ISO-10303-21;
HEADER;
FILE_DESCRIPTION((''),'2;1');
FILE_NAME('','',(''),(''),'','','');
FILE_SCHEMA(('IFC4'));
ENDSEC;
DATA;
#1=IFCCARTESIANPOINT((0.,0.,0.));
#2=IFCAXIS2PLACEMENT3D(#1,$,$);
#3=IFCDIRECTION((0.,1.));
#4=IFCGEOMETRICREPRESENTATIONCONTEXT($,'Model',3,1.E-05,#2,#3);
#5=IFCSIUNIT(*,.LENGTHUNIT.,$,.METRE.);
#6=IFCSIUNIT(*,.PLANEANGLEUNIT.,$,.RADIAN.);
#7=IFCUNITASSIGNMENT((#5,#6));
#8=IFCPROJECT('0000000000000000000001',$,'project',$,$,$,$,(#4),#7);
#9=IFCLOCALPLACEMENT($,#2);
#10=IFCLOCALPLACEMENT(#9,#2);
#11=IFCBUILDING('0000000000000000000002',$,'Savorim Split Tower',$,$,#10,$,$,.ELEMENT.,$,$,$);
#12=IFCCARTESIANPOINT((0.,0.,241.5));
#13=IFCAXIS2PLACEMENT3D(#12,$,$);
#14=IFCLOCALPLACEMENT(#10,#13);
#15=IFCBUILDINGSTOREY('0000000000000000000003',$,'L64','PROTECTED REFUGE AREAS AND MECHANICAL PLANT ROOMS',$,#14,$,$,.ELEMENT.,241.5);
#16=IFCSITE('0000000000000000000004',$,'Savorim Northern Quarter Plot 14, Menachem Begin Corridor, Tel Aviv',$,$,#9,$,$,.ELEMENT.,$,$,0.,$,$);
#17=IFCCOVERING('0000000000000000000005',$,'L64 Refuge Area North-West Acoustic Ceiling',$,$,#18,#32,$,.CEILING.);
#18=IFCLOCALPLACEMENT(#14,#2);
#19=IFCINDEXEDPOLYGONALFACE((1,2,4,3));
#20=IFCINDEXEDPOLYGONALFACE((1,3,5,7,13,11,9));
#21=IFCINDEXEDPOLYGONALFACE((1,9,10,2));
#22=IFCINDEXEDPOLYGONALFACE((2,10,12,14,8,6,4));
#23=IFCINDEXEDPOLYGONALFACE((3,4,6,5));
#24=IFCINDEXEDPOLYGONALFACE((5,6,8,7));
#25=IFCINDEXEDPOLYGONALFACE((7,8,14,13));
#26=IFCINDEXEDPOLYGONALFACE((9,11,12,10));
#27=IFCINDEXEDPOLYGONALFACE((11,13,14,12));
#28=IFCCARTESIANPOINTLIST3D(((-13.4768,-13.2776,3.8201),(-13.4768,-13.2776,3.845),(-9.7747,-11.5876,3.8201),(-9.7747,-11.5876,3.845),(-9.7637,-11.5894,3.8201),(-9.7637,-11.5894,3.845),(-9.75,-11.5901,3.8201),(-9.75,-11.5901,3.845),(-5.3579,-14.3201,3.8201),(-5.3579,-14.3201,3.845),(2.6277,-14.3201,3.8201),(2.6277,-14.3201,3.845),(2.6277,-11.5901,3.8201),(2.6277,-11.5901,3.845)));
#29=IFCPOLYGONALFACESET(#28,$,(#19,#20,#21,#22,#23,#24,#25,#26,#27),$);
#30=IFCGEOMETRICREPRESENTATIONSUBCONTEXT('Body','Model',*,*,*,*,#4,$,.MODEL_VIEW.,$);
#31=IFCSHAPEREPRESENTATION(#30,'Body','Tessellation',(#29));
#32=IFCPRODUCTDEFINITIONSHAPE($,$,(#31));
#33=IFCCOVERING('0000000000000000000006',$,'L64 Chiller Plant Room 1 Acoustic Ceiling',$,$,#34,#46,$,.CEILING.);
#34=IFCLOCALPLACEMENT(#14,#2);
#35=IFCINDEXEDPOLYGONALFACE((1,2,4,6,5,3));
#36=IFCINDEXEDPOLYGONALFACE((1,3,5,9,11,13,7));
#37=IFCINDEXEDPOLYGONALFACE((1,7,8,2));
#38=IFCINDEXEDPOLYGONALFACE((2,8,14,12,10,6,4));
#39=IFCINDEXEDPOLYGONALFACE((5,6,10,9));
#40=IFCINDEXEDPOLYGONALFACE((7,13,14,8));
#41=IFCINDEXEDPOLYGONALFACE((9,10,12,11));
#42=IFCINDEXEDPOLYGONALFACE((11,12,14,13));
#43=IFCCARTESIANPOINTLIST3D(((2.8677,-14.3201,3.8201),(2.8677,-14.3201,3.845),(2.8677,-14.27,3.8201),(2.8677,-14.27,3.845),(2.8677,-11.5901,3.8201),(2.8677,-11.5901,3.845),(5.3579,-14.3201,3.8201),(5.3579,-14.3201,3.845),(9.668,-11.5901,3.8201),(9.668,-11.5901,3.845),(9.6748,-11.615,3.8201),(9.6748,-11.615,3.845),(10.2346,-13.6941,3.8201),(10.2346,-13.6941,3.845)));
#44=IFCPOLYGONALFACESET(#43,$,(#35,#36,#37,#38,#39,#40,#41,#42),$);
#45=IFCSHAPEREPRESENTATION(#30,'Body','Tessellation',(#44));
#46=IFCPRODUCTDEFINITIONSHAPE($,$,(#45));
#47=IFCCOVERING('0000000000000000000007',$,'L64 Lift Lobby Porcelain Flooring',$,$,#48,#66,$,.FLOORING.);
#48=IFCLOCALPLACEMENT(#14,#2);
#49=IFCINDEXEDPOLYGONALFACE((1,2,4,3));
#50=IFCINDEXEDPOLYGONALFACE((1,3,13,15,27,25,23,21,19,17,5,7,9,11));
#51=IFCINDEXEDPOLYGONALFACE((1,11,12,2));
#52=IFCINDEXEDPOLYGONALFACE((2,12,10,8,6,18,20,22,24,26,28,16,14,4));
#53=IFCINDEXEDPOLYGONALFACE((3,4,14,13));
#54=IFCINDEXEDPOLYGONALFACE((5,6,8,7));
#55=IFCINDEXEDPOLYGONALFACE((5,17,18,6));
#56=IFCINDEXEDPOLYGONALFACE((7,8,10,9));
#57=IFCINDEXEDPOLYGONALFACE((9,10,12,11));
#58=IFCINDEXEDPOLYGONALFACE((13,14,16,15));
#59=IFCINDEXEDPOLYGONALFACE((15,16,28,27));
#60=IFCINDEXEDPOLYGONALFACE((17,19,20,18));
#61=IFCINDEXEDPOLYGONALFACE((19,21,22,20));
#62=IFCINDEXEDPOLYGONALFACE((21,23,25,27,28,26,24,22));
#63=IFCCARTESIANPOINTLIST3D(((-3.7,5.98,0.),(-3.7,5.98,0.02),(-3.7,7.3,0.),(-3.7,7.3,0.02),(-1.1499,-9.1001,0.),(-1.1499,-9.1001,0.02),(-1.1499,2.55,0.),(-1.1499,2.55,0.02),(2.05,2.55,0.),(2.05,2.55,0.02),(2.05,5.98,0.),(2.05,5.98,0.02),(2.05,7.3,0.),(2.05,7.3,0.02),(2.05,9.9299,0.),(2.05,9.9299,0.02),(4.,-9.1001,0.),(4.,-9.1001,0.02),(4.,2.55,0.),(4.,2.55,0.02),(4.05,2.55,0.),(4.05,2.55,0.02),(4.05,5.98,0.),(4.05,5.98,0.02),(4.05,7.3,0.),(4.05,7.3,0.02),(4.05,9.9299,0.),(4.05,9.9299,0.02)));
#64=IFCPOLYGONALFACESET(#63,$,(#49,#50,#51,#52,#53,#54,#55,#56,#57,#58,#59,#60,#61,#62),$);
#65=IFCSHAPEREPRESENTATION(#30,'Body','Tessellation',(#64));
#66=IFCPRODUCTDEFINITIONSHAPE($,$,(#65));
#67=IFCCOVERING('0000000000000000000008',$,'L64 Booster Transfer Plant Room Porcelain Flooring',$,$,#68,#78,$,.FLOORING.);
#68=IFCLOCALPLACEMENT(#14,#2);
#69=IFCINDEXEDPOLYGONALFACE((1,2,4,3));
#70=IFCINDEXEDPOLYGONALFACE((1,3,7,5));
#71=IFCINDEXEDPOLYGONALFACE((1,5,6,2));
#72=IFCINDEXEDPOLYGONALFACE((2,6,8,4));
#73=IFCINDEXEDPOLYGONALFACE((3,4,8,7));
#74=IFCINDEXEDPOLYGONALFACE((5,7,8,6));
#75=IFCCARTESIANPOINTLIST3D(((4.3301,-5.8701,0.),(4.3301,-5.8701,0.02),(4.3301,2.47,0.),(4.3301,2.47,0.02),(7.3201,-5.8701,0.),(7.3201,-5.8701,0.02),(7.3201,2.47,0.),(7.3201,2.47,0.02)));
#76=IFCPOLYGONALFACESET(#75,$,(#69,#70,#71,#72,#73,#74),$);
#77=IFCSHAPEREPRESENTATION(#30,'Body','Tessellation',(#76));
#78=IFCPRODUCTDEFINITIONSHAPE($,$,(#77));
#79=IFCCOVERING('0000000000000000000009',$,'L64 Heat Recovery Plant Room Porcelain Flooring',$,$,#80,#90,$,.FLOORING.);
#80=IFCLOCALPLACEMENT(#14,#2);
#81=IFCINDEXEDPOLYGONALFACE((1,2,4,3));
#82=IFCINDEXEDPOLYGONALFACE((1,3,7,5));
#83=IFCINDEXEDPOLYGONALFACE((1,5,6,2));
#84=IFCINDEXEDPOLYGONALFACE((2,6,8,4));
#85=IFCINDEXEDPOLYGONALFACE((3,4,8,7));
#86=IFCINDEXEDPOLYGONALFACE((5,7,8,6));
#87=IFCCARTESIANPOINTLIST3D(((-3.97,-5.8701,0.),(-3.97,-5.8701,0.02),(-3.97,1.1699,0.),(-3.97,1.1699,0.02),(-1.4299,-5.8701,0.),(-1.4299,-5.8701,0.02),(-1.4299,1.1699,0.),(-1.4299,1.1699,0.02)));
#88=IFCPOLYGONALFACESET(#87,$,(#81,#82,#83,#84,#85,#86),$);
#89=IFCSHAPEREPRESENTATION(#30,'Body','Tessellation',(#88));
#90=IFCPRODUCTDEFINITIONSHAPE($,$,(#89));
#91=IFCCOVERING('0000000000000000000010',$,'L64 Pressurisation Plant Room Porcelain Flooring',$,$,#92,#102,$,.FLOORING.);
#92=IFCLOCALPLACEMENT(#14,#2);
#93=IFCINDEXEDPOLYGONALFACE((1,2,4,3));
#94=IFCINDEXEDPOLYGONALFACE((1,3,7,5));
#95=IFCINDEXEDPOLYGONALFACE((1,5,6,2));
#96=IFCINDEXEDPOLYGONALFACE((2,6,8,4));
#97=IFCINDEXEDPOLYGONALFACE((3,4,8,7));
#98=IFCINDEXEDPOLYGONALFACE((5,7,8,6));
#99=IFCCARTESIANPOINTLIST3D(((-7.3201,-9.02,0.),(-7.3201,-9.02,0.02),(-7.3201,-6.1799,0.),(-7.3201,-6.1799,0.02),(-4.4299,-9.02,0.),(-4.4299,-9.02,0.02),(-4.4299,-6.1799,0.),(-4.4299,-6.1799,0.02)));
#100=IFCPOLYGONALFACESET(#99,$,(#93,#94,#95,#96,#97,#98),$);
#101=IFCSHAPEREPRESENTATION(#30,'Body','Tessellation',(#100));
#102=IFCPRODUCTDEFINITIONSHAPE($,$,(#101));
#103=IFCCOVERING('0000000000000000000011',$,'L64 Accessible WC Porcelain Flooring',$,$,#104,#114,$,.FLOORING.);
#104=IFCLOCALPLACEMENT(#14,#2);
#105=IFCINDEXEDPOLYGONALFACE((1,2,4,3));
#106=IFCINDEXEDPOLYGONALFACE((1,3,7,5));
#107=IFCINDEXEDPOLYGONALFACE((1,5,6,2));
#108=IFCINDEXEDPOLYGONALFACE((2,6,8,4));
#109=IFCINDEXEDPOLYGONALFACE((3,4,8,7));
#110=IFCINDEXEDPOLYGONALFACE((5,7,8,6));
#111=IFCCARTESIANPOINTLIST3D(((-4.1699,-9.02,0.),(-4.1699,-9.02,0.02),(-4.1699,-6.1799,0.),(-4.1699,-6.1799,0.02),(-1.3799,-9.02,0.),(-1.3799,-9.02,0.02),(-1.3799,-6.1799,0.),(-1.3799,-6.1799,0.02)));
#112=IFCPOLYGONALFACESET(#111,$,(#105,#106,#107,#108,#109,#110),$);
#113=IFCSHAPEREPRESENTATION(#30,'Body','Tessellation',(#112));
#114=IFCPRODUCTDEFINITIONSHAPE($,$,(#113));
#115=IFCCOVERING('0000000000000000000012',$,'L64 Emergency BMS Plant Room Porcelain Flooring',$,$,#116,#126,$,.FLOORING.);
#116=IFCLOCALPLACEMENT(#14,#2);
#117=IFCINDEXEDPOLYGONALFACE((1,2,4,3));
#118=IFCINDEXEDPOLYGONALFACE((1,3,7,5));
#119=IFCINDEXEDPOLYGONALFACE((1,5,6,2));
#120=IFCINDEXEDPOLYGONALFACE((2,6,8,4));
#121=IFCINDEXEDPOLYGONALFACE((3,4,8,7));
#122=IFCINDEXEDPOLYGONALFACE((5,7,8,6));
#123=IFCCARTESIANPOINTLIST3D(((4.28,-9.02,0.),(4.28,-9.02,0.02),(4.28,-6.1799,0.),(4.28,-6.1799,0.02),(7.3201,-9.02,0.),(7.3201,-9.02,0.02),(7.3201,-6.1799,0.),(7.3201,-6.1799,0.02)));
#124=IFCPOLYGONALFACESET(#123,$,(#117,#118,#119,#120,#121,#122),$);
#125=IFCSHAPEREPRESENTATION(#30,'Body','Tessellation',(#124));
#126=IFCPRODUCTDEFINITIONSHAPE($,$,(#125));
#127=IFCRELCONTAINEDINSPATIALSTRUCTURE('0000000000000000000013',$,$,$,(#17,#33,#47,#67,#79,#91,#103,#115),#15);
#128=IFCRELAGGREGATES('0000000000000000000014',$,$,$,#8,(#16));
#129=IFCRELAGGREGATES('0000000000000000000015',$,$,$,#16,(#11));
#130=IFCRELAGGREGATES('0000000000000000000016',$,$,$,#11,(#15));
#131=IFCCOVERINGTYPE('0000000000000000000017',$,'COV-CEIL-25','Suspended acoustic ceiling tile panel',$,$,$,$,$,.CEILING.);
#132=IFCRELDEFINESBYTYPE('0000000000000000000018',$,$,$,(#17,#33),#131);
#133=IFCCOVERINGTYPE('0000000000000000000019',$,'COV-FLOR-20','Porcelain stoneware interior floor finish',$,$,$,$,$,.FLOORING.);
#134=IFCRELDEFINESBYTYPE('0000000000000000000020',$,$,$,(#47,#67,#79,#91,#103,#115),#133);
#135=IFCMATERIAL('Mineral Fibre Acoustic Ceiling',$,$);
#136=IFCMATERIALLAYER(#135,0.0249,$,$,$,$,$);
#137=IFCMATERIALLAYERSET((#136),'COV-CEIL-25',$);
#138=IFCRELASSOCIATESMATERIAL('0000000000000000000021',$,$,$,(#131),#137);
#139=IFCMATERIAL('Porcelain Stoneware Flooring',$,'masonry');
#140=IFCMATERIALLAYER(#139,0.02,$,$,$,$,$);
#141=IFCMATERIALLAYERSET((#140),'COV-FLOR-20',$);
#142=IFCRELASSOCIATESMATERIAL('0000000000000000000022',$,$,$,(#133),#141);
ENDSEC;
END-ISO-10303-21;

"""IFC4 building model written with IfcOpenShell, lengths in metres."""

from ifc_helpers import new_model, si_unit, direction, frame, origin, place, context, subcontext, project, spatial, polyline, outline, extrude, material, layer, layer_set, type_object, element, save


model = new_model("IFC4")

# Units and contexts
model_context = context("Model", 3, precision=1e-05, world=origin(), true_north=direction((0.0, 1.0)))
body_context = subcontext(model_context, "Body", "Model", "MODEL_VIEW")
ifc_project = project(units=[si_unit("LENGTHUNIT", "METRE"), si_unit("PLANEANGLEUNIT", "RADIAN")], contexts=[model_context])

# Site, building, storey
site_placement = place(None, origin())
site = spatial("IfcSite", under=ifc_project, at=site_placement, Name="Savorim Northern Quarter Plot 14, Menachem Begin Corridor, Tel Aviv", CompositionType="ELEMENT", RefElevation=0.0)
building_placement = place(site_placement, origin())
building = spatial("IfcBuilding", under=site, at=building_placement, Name="Savorim Split Tower", CompositionType="ELEMENT")
storey_placement = place(building_placement, frame((0.0, 0.0, 241.5)))
storey = spatial("IfcBuildingStorey", under=building, at=storey_placement, Name="L64", Description="PROTECTED REFUGE AREAS AND MECHANICAL PLANT ROOMS", CompositionType="ELEMENT", Elevation=241.5)

# Coverings
ifc_material_1 = material(Name="Mineral Fibre Acoustic Ceiling")
ifc_layer_1 = layer(ifc_material_1, 0.0249)
ifc_layer_set_1 = layer_set([ifc_layer_1], Name="COV-CEIL-25")
covering_type_1 = type_object("IfcCoveringType", Name="COV-CEIL-25", Description="Suspended acoustic ceiling tile panel", PredefinedType="CEILING", material=ifc_layer_set_1)
covering_1_placement = place(storey_placement, frame((0.0, 0.0, 3.8201)))
element("IfcCovering", 1, at=covering_1_placement, inside=storey, type_object=covering_type_1, Name="L64 Refuge Area North-West Acoustic Ceiling", PredefinedType="CEILING", context=body_context, shape_type="SweptSolid", body=[
    extrude(outline(polyline([(-9.7747, -11.5876), (-13.4768, -13.2776), (-5.3579, -14.3201), (2.6277, -14.3201), (2.6277, -11.5901), (-9.75, -11.5901), (-9.7637, -11.5894), (-9.7747, -11.5876)])), origin(), (0.0, 0.0, 1.0), 0.0249),
])
covering_2_placement = place(storey_placement, frame((0.0, 0.0, 3.8201)))
element("IfcCovering", 2, at=covering_2_placement, inside=storey, type_object=covering_type_1, Name="L64 Chiller Plant Room 1 Acoustic Ceiling", PredefinedType="CEILING", context=body_context, shape_type="SweptSolid", body=[
    extrude(outline(polyline([(2.8677, -14.27), (2.8677, -14.3201), (5.3579, -14.3201), (10.2346, -13.6941), (9.6748, -11.615), (9.668, -11.5901), (2.8677, -11.5901), (2.8677, -14.27)])), origin(), (0.0, 0.0, 1.0), 0.0249),
])
ifc_material_2 = material(Name="Porcelain Stoneware Flooring", Category="masonry")
ifc_layer_2 = layer(ifc_material_2, 0.02)
ifc_layer_set_2 = layer_set([ifc_layer_2], Name="COV-FLOR-20")
covering_type_2 = type_object("IfcCoveringType", Name="COV-FLOR-20", Description="Porcelain stoneware interior floor finish", PredefinedType="FLOORING", material=ifc_layer_set_2)
covering_3_placement = place(storey_placement, origin())
element("IfcCovering", 3, at=covering_3_placement, inside=storey, type_object=covering_type_2, Name="L64 Lift Lobby Porcelain Flooring", PredefinedType="FLOORING", context=body_context, shape_type="SweptSolid", body=[
    extrude(outline(polyline([(2.05, 2.55), (-1.1499, 2.55), (-1.1499, -9.1001), (4.0, -9.1001), (4.0, 2.55), (4.05, 2.55), (4.05, 5.98), (4.05, 7.3), (4.05, 9.9299), (2.05, 9.9299), (2.05, 7.3), (-3.7, 7.3), (-3.7, 5.98), (2.05, 5.98), (2.05, 2.55)])), origin(), (0.0, 0.0, 1.0), 0.02),
])
covering_4_placement = place(storey_placement, origin())
element("IfcCovering", 4, at=covering_4_placement, inside=storey, type_object=covering_type_2, Name="L64 Booster Transfer Plant Room Porcelain Flooring", PredefinedType="FLOORING", context=body_context, shape_type="SweptSolid", body=[
    extrude(outline(polyline([(4.3301, 2.47), (4.3301, -5.8701), (7.3201, -5.8701), (7.3201, 2.47), (4.3301, 2.47)])), origin(), (0.0, 0.0, 1.0), 0.02),
])
covering_5_placement = place(storey_placement, origin())
element("IfcCovering", 5, at=covering_5_placement, inside=storey, type_object=covering_type_2, Name="L64 Heat Recovery Plant Room Porcelain Flooring", PredefinedType="FLOORING", context=body_context, shape_type="SweptSolid", body=[
    extrude(outline(polyline([(-3.97, 1.1699), (-3.97, -5.8701), (-1.4299, -5.8701), (-1.4299, 1.1699), (-3.97, 1.1699)])), origin(), (0.0, 0.0, 1.0), 0.02),
])
covering_6_placement = place(storey_placement, origin())
element("IfcCovering", 6, at=covering_6_placement, inside=storey, type_object=covering_type_2, Name="L64 Pressurisation Plant Room Porcelain Flooring", PredefinedType="FLOORING", context=body_context, shape_type="SweptSolid", body=[
    extrude(outline(polyline([(-7.3201, -6.1799), (-7.3201, -9.02), (-4.4299, -9.02), (-4.4299, -6.1799), (-7.3201, -6.1799)])), origin(), (0.0, 0.0, 1.0), 0.02),
])
covering_7_placement = place(storey_placement, origin())
element("IfcCovering", 7, at=covering_7_placement, inside=storey, type_object=covering_type_2, Name="L64 Accessible WC Porcelain Flooring", PredefinedType="FLOORING", context=body_context, shape_type="SweptSolid", body=[
    extrude(outline(polyline([(-4.1699, -6.1799), (-4.1699, -9.02), (-1.3799, -9.02), (-1.3799, -6.1799), (-4.1699, -6.1799)])), origin(), (0.0, 0.0, 1.0), 0.02),
])
covering_8_placement = place(storey_placement, origin())
element("IfcCovering", 8, at=covering_8_placement, inside=storey, type_object=covering_type_2, Name="L64 Emergency BMS Plant Room Porcelain Flooring", PredefinedType="FLOORING", context=body_context, shape_type="SweptSolid", body=[
    extrude(outline(polyline([(4.28, -6.1799), (4.28, -9.02), (7.3201, -9.02), (7.3201, -6.1799), (4.28, -6.1799)])), origin(), (0.0, 0.0, 1.0), 0.02),
])

save(model, "model.ifc")
